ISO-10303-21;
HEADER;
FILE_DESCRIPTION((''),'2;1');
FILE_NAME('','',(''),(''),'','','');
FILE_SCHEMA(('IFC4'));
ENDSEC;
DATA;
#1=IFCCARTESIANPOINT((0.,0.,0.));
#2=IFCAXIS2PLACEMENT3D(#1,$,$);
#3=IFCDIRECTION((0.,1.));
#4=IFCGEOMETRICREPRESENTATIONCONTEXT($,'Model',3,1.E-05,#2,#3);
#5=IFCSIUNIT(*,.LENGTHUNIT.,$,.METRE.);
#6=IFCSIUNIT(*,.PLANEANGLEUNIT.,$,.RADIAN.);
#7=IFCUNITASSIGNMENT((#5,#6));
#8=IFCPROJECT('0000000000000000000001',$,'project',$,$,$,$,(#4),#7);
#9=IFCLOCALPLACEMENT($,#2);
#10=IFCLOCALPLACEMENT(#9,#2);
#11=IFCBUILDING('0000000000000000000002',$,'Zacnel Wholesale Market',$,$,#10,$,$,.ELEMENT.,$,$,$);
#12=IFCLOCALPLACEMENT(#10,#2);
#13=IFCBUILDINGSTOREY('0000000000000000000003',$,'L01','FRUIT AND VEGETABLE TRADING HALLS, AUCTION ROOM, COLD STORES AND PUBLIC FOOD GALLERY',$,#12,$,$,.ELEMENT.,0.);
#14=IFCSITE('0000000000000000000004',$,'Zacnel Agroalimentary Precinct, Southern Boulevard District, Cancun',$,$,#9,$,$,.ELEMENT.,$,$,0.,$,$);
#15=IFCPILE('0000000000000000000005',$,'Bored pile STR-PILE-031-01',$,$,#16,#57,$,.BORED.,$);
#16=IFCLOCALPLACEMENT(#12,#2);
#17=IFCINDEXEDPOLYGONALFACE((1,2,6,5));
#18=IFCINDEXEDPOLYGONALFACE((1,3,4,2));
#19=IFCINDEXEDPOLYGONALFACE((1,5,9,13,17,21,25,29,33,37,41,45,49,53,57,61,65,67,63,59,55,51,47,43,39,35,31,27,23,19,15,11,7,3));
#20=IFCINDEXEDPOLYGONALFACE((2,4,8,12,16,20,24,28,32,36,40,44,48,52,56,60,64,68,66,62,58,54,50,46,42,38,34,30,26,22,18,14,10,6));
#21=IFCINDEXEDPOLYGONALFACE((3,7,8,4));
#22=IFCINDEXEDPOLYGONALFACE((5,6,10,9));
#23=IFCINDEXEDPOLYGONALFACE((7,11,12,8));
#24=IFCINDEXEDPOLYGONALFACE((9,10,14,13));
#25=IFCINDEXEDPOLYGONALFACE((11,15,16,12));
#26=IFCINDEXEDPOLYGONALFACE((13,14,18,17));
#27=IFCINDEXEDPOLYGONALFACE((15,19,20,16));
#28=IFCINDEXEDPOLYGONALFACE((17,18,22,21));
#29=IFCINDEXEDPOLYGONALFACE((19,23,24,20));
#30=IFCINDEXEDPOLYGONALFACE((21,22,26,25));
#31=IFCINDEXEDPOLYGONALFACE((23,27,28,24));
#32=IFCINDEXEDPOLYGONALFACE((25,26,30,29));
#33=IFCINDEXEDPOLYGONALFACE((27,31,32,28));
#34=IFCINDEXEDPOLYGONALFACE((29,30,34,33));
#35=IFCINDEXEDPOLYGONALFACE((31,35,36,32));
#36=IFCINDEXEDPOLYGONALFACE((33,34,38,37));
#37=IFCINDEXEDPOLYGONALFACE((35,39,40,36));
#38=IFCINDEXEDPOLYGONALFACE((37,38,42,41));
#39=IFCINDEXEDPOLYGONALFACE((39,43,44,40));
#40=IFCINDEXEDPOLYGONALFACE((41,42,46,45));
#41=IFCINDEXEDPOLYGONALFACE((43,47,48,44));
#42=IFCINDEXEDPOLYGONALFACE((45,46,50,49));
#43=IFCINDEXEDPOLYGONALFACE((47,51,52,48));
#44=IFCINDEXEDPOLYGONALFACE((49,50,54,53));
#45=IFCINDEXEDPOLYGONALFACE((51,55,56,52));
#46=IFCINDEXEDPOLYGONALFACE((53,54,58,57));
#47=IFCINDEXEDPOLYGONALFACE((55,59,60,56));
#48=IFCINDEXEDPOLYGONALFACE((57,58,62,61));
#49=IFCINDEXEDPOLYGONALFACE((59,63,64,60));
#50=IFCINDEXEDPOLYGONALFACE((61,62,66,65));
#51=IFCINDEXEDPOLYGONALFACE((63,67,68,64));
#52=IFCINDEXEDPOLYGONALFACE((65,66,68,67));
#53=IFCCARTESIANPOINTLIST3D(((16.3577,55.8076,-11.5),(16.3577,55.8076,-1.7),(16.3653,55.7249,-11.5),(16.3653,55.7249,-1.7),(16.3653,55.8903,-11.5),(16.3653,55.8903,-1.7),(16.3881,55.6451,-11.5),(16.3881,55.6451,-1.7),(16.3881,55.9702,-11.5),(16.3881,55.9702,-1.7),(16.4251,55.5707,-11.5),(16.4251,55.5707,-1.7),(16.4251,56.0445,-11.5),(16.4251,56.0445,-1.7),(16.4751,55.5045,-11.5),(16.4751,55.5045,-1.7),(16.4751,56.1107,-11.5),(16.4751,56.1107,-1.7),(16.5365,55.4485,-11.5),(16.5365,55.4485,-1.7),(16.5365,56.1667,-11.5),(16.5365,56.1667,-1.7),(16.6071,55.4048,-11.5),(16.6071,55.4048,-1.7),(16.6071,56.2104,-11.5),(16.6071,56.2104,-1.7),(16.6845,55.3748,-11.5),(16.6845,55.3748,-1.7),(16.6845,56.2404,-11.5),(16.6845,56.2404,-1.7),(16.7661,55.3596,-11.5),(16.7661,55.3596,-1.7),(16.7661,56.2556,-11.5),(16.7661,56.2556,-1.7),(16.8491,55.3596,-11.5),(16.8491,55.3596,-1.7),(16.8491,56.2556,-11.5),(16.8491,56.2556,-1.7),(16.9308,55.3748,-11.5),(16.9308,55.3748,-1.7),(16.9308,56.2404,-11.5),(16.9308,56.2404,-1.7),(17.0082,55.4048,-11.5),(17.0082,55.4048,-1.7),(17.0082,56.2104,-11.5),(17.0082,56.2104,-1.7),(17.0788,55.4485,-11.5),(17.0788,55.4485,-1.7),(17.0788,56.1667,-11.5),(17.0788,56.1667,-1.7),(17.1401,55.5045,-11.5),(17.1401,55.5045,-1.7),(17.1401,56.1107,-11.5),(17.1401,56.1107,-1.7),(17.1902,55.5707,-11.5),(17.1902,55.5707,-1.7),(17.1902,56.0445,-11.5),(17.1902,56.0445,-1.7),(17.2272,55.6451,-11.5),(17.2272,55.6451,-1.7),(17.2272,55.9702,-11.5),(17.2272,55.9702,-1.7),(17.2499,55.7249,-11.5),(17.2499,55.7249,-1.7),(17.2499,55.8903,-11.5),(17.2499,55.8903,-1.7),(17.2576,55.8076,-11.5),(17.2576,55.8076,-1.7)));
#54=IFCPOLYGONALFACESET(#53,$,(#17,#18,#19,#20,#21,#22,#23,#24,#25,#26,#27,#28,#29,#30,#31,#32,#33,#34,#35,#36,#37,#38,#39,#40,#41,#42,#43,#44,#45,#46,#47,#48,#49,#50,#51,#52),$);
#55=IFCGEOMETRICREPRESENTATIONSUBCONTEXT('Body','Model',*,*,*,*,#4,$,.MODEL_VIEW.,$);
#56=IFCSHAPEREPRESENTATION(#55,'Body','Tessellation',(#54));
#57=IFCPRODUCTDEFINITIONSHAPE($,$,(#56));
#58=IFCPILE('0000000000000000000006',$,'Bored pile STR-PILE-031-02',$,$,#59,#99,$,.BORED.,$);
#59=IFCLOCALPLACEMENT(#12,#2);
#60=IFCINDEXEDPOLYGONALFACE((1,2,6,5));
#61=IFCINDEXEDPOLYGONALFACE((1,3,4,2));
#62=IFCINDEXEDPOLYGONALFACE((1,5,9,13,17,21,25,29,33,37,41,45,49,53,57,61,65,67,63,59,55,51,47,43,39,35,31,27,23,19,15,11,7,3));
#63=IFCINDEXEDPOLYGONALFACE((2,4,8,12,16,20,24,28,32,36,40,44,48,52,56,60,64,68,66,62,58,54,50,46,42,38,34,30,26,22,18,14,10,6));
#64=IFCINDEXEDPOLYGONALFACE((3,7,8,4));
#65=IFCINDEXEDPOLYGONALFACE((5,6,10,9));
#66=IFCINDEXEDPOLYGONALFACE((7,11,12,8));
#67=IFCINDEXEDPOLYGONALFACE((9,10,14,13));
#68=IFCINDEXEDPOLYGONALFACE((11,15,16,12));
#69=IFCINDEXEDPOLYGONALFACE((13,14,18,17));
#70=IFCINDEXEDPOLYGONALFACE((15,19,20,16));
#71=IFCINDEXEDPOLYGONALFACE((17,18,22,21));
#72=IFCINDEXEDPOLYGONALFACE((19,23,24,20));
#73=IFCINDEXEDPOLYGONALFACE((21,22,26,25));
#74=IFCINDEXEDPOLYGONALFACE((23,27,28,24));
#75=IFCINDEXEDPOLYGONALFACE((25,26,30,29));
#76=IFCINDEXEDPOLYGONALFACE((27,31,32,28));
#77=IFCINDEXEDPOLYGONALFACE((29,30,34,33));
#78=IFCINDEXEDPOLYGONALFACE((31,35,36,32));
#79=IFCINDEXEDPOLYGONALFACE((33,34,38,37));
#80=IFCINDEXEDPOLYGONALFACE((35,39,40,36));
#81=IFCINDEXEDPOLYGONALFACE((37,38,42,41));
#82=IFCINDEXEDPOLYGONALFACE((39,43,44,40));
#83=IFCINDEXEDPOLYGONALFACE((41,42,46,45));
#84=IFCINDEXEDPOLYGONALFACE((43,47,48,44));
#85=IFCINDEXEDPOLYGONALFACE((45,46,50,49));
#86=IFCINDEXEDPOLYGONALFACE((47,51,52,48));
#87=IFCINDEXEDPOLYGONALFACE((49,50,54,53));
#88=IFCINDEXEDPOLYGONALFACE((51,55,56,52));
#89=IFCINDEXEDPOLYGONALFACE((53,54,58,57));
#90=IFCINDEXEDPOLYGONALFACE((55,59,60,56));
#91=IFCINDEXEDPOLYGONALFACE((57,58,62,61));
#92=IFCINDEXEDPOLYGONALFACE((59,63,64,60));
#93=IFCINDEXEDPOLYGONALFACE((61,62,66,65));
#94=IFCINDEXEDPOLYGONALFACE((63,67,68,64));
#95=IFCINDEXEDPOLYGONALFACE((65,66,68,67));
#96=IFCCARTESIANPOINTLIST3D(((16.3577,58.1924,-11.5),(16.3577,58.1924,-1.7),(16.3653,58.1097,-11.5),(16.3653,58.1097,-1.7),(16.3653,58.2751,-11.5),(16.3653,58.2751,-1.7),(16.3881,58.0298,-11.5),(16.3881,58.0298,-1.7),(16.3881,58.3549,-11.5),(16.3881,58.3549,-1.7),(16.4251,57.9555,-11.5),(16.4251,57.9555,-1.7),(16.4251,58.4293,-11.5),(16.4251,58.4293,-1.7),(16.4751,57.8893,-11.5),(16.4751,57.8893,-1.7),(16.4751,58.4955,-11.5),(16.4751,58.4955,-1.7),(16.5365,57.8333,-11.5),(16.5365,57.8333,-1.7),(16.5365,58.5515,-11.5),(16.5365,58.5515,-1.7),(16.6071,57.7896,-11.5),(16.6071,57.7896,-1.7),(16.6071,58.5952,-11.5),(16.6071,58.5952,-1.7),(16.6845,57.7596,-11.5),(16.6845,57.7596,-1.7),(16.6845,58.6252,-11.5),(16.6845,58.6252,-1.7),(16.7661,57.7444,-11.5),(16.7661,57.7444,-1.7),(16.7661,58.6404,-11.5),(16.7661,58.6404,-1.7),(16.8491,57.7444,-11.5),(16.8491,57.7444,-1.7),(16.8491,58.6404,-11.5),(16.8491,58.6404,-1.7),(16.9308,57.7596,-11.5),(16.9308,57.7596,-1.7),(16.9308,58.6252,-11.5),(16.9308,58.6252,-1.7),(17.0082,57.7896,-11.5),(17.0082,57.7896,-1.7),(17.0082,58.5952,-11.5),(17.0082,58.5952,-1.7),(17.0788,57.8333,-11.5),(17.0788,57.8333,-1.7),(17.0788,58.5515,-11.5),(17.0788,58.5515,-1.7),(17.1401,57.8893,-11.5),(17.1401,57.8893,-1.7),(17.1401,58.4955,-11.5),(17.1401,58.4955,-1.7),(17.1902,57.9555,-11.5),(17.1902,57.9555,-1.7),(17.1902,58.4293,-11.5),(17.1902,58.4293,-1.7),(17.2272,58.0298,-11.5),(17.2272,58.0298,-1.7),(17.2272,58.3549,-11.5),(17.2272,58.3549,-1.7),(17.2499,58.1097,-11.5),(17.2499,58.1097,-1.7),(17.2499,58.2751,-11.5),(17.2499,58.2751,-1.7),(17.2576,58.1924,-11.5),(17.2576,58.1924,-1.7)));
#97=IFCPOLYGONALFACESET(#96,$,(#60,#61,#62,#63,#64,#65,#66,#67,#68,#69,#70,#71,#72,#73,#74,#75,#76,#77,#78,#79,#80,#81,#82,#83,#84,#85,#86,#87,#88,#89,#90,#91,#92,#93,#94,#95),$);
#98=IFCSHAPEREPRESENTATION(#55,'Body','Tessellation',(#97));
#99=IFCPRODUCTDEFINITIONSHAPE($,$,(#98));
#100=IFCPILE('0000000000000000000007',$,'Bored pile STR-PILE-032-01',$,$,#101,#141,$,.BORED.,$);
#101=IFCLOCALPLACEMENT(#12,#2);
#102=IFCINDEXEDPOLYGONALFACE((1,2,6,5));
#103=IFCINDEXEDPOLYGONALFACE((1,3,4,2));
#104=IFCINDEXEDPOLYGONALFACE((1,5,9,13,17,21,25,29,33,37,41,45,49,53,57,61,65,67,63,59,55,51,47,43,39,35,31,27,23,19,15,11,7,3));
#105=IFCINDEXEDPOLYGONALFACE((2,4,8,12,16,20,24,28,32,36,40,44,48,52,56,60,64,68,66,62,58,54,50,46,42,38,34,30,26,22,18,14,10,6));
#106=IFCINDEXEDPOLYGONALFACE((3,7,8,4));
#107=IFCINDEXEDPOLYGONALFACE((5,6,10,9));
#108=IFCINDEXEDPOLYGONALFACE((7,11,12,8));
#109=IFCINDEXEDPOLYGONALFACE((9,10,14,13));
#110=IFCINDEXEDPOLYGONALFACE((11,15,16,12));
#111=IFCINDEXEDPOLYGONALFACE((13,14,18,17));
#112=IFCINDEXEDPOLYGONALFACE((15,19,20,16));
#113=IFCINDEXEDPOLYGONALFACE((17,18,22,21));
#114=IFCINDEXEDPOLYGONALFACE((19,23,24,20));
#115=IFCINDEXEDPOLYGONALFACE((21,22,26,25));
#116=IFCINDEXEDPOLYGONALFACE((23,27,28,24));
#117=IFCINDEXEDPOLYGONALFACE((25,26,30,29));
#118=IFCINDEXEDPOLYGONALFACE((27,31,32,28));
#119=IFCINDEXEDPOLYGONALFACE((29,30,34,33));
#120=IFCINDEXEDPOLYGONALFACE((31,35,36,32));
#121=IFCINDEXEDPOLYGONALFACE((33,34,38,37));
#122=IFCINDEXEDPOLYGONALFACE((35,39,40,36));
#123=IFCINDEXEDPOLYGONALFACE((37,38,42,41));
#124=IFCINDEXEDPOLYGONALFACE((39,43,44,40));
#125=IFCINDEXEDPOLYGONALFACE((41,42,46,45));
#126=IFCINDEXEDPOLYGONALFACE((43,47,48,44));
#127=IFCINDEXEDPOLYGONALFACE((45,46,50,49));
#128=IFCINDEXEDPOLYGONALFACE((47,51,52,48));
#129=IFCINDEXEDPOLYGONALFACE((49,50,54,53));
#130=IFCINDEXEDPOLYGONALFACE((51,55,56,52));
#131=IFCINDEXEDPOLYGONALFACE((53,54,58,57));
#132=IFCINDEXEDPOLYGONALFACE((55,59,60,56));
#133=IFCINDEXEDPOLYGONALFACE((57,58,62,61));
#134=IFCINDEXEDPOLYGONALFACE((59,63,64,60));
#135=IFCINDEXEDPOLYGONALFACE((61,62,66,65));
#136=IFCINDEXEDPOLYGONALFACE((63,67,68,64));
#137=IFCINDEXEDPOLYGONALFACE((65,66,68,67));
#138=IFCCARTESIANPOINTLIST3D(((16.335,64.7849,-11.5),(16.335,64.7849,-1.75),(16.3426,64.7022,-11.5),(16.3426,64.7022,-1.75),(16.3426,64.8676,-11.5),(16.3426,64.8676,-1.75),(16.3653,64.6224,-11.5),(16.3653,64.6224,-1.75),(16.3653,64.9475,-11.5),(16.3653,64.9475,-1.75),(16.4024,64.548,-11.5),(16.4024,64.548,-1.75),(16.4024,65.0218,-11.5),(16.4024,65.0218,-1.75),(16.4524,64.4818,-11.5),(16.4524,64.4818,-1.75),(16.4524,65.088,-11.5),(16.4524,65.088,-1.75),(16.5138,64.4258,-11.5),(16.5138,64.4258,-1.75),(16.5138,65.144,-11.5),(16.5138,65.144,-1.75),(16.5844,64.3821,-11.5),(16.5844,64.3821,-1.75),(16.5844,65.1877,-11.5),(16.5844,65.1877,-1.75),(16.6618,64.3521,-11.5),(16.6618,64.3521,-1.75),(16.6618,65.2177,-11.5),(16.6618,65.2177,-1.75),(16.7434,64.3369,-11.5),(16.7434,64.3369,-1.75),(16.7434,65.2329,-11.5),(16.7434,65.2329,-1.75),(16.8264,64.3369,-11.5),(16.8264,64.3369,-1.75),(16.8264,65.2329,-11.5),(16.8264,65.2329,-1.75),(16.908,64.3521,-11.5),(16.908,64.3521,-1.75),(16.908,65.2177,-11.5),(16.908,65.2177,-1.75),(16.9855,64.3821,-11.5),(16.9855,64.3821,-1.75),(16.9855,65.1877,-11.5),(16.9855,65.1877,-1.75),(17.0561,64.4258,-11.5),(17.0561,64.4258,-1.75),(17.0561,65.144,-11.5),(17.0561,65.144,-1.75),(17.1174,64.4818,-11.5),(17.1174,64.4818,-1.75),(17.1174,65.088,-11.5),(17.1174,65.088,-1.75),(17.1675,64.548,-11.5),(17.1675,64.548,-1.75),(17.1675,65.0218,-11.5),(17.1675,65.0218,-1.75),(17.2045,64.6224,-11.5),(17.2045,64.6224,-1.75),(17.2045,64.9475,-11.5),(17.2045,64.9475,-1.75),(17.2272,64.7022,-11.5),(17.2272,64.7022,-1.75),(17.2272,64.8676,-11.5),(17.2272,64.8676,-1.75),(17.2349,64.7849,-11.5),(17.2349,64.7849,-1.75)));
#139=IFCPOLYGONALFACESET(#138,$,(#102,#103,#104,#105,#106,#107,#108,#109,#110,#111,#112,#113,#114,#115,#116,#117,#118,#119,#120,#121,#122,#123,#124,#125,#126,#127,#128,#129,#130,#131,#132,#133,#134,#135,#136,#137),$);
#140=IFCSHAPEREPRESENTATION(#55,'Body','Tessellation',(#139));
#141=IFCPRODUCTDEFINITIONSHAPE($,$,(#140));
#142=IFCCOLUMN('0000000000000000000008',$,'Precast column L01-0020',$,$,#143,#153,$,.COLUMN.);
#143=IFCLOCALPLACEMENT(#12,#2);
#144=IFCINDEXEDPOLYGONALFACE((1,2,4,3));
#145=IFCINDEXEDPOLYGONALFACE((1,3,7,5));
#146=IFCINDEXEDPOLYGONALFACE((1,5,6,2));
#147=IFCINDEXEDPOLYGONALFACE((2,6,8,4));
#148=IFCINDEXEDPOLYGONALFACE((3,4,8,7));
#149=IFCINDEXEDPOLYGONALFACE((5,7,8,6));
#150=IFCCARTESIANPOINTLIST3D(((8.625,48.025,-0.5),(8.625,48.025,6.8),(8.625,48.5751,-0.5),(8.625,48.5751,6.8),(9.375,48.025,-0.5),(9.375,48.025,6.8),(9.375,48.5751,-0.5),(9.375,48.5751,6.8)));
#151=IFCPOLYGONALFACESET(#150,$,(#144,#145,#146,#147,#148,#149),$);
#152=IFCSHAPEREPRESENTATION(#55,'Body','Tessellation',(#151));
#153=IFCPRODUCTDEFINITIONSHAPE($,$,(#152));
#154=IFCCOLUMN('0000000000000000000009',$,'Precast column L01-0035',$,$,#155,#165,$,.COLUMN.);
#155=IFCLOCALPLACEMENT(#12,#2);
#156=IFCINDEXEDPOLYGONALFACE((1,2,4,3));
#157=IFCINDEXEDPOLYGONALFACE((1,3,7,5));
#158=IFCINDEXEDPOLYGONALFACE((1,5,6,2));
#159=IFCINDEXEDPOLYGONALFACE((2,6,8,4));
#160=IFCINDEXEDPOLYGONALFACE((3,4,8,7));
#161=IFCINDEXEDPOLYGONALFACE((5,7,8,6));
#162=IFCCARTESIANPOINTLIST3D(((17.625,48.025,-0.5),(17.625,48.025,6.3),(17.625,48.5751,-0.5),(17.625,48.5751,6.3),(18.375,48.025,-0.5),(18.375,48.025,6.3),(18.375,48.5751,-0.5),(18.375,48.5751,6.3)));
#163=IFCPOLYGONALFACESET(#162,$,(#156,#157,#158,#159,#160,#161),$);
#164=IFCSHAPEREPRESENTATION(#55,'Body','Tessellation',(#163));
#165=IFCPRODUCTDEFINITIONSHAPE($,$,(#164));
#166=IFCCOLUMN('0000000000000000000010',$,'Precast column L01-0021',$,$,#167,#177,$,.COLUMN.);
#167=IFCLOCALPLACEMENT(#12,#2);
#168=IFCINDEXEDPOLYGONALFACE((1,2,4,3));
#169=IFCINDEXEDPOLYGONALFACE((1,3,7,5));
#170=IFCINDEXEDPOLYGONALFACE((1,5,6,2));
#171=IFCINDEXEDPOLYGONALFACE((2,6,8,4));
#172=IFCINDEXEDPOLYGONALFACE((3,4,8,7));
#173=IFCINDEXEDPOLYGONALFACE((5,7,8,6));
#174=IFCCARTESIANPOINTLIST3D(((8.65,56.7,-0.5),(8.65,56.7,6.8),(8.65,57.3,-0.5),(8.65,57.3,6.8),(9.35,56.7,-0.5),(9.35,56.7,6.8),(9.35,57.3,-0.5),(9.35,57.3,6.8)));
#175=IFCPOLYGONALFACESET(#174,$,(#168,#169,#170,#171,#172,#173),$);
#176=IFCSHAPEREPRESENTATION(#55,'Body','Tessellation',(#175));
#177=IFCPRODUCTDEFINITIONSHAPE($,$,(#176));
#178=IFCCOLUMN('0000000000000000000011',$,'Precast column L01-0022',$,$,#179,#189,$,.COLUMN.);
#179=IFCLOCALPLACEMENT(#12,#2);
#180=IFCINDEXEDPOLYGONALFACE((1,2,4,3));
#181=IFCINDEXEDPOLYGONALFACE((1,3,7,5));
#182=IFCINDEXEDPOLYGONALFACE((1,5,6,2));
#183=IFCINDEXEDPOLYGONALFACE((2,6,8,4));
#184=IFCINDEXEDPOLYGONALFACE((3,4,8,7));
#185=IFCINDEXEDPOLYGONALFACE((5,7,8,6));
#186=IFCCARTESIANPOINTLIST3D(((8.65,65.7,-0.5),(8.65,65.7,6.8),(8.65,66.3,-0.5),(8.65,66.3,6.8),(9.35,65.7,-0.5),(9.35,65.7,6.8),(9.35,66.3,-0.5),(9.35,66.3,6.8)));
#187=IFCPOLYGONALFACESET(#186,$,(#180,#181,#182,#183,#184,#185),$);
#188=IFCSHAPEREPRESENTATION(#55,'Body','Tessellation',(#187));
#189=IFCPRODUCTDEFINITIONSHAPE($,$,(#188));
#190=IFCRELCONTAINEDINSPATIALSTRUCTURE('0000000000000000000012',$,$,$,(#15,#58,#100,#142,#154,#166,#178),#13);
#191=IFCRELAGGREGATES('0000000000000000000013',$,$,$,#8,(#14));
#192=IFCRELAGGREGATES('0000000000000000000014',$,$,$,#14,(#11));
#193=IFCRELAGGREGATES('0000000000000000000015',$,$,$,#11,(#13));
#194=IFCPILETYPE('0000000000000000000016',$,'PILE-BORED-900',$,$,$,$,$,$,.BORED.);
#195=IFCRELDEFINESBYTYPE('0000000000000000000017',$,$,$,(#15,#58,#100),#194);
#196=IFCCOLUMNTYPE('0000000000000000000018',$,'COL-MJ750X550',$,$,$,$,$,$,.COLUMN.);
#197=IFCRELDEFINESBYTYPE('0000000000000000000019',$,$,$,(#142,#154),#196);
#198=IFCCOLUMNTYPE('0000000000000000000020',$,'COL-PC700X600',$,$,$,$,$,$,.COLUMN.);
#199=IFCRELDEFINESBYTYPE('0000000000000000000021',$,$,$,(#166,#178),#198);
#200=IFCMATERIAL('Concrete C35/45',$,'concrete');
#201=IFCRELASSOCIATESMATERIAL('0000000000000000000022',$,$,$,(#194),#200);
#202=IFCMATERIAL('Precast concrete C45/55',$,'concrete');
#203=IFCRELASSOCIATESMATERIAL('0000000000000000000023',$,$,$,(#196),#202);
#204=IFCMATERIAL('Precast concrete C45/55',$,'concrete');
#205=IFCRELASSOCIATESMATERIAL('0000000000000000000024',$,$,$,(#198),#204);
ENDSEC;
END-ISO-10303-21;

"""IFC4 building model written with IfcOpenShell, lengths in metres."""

from ifc_helpers import new_model, si_unit, direction, frame, origin, origin_2d, place, context, subcontext, project, spatial, rectangle, circle, extrude, material, material_profile, profile_set, type_object, element, save


model = new_model("IFC4")

# Units and contexts
model_context = context("Model", 3, precision=1e-05, world=origin(), true_north=direction((0.0, 1.0)))
body_context = subcontext(model_context, "Body", "Model", "MODEL_VIEW")
ifc_project = project(units=[si_unit("LENGTHUNIT", "METRE"), si_unit("PLANEANGLEUNIT", "RADIAN")], contexts=[model_context])

# Site, building, storey
site_placement = place(None, origin())
site = spatial("IfcSite", under=ifc_project, at=site_placement, Name="Zacnel Agroalimentary Precinct, Southern Boulevard District, Cancun", CompositionType="ELEMENT", RefElevation=0.0)
building_placement = place(site_placement, origin())
building = spatial("IfcBuilding", under=site, at=building_placement, Name="Zacnel Wholesale Market", CompositionType="ELEMENT")
storey_placement = place(building_placement, origin())
storey = spatial("IfcBuildingStorey", under=building, at=storey_placement, Name="L01", Description="FRUIT AND VEGETABLE TRADING HALLS, AUCTION ROOM, COLD STORES AND PUBLIC FOOD GALLERY", CompositionType="ELEMENT", Elevation=0.0)

# Piles
ifc_material_1 = material(Name="Concrete C35/45", Category="concrete")
ifc_material_profile_1 = material_profile(ifc_material_1, circle(Radius=0.45, at=origin_2d()), Name="BORED PILE D900")
ifc_profile_set_1 = profile_set([ifc_material_profile_1], Name="Concrete C35/45")
pile_type = type_object("IfcPileType", Name="PILE-BORED-900", PredefinedType="BORED", material=ifc_profile_set_1)
for number, where, z_axis, x_axis, name in (
    (1, (16.8076, 55.8076, -1.7), (0.0, 0.0, -1.0), (1.0, 0.0, 0.0), "Bored pile STR-PILE-031-01"),
    (2, (16.8076, 58.1924, -1.7), (0.0, 0.0, -1.0), (1.0, 0.0, 0.0), "Bored pile STR-PILE-031-02"),
):
    element("IfcPile", number, at=place(storey_placement, frame(where, z_axis=z_axis, x_axis=x_axis)), inside=storey, type_object=pile_type, Name=name, PredefinedType="BORED", context=body_context, shape_type="SweptSolid", body=[
        extrude(circle(Radius=0.45, at=origin_2d()), origin(), (0.0, 0.0, 1.0), 9.8),
    ])
pile_1_placement = place(storey_placement, frame((16.7849, 64.7849, -1.75), z_axis=(0.0, 0.0, -1.0), x_axis=(1.0, 0.0, 0.0)))
element("IfcPile", 3, at=pile_1_placement, inside=storey, type_object=pile_type, Name="Bored pile STR-PILE-032-01", PredefinedType="BORED", context=body_context, shape_type="SweptSolid", body=[
    extrude(circle(Radius=0.45, at=origin_2d()), origin(), (0.0, 0.0, 1.0), 9.75),
])

# Columns
ifc_material_2 = material(Name="Precast concrete C45/55", Category="concrete")
ifc_material_profile_2 = material_profile(ifc_material_2, rectangle(XDim=0.75, YDim=0.55, at=origin_2d()), Name="PC 750x550")
ifc_profile_set_2 = profile_set([ifc_material_profile_2], Name="Precast concrete C45/55")
column_type_1 = type_object("IfcColumnType", Name="COL-MJ750X550", PredefinedType="COLUMN", material=ifc_profile_set_2)
column_1_placement = place(storey_placement, frame((9.0, 48.3, -0.5), z_axis=(0.0, 0.0, 1.0), x_axis=(1.0, 0.0, 0.0)))
element("IfcColumn", 4, at=column_1_placement, inside=storey, type_object=column_type_1, Name="Precast column L01-0020", PredefinedType="COLUMN", context=body_context, shape_type="SweptSolid", body=[
    extrude(rectangle(XDim=0.75, YDim=0.55, at=origin_2d()), origin(), (0.0, 0.0, 1.0), 7.3),
])
column_2_placement = place(storey_placement, frame((18.0, 48.3, -0.5), z_axis=(0.0, 0.0, 1.0), x_axis=(1.0, 0.0, 0.0)))
element("IfcColumn", 5, at=column_2_placement, inside=storey, type_object=column_type_1, Name="Precast column L01-0035", PredefinedType="COLUMN", context=body_context, shape_type="SweptSolid", body=[
    extrude(rectangle(XDim=0.75, YDim=0.55, at=origin_2d()), origin(), (0.0, 0.0, 1.0), 6.8),
])
ifc_material_3 = material(Name="Precast concrete C45/55", Category="concrete")
ifc_material_profile_3 = material_profile(ifc_material_3, rectangle(XDim=0.7, YDim=0.6001, at=origin_2d()), Name="PC 700x600")
ifc_profile_set_3 = profile_set([ifc_material_profile_3], Name="Precast concrete C45/55")
column_type_2 = type_object("IfcColumnType", Name="COL-PC700X600", PredefinedType="COLUMN", material=ifc_profile_set_3)
for number, where, z_axis, x_axis, name in (
    (6, (9.0, 57.0, -0.5), (0.0, 0.0, 1.0), (1.0, 0.0, 0.0), "Precast column L01-0021"),
    (7, (9.0, 66.0, -0.5), (0.0, 0.0, 1.0), (1.0, 0.0, 0.0), "Precast column L01-0022"),
):
    element("IfcColumn", number, at=place(storey_placement, frame(where, z_axis=z_axis, x_axis=x_axis)), inside=storey, type_object=column_type_2, Name=name, PredefinedType="COLUMN", context=body_context, shape_type="SweptSolid", body=[
        extrude(rectangle(XDim=0.7, YDim=0.6001, at=origin_2d()), origin(), (0.0, 0.0, 1.0), 7.3),
    ])

save(model, "model.ifc")
